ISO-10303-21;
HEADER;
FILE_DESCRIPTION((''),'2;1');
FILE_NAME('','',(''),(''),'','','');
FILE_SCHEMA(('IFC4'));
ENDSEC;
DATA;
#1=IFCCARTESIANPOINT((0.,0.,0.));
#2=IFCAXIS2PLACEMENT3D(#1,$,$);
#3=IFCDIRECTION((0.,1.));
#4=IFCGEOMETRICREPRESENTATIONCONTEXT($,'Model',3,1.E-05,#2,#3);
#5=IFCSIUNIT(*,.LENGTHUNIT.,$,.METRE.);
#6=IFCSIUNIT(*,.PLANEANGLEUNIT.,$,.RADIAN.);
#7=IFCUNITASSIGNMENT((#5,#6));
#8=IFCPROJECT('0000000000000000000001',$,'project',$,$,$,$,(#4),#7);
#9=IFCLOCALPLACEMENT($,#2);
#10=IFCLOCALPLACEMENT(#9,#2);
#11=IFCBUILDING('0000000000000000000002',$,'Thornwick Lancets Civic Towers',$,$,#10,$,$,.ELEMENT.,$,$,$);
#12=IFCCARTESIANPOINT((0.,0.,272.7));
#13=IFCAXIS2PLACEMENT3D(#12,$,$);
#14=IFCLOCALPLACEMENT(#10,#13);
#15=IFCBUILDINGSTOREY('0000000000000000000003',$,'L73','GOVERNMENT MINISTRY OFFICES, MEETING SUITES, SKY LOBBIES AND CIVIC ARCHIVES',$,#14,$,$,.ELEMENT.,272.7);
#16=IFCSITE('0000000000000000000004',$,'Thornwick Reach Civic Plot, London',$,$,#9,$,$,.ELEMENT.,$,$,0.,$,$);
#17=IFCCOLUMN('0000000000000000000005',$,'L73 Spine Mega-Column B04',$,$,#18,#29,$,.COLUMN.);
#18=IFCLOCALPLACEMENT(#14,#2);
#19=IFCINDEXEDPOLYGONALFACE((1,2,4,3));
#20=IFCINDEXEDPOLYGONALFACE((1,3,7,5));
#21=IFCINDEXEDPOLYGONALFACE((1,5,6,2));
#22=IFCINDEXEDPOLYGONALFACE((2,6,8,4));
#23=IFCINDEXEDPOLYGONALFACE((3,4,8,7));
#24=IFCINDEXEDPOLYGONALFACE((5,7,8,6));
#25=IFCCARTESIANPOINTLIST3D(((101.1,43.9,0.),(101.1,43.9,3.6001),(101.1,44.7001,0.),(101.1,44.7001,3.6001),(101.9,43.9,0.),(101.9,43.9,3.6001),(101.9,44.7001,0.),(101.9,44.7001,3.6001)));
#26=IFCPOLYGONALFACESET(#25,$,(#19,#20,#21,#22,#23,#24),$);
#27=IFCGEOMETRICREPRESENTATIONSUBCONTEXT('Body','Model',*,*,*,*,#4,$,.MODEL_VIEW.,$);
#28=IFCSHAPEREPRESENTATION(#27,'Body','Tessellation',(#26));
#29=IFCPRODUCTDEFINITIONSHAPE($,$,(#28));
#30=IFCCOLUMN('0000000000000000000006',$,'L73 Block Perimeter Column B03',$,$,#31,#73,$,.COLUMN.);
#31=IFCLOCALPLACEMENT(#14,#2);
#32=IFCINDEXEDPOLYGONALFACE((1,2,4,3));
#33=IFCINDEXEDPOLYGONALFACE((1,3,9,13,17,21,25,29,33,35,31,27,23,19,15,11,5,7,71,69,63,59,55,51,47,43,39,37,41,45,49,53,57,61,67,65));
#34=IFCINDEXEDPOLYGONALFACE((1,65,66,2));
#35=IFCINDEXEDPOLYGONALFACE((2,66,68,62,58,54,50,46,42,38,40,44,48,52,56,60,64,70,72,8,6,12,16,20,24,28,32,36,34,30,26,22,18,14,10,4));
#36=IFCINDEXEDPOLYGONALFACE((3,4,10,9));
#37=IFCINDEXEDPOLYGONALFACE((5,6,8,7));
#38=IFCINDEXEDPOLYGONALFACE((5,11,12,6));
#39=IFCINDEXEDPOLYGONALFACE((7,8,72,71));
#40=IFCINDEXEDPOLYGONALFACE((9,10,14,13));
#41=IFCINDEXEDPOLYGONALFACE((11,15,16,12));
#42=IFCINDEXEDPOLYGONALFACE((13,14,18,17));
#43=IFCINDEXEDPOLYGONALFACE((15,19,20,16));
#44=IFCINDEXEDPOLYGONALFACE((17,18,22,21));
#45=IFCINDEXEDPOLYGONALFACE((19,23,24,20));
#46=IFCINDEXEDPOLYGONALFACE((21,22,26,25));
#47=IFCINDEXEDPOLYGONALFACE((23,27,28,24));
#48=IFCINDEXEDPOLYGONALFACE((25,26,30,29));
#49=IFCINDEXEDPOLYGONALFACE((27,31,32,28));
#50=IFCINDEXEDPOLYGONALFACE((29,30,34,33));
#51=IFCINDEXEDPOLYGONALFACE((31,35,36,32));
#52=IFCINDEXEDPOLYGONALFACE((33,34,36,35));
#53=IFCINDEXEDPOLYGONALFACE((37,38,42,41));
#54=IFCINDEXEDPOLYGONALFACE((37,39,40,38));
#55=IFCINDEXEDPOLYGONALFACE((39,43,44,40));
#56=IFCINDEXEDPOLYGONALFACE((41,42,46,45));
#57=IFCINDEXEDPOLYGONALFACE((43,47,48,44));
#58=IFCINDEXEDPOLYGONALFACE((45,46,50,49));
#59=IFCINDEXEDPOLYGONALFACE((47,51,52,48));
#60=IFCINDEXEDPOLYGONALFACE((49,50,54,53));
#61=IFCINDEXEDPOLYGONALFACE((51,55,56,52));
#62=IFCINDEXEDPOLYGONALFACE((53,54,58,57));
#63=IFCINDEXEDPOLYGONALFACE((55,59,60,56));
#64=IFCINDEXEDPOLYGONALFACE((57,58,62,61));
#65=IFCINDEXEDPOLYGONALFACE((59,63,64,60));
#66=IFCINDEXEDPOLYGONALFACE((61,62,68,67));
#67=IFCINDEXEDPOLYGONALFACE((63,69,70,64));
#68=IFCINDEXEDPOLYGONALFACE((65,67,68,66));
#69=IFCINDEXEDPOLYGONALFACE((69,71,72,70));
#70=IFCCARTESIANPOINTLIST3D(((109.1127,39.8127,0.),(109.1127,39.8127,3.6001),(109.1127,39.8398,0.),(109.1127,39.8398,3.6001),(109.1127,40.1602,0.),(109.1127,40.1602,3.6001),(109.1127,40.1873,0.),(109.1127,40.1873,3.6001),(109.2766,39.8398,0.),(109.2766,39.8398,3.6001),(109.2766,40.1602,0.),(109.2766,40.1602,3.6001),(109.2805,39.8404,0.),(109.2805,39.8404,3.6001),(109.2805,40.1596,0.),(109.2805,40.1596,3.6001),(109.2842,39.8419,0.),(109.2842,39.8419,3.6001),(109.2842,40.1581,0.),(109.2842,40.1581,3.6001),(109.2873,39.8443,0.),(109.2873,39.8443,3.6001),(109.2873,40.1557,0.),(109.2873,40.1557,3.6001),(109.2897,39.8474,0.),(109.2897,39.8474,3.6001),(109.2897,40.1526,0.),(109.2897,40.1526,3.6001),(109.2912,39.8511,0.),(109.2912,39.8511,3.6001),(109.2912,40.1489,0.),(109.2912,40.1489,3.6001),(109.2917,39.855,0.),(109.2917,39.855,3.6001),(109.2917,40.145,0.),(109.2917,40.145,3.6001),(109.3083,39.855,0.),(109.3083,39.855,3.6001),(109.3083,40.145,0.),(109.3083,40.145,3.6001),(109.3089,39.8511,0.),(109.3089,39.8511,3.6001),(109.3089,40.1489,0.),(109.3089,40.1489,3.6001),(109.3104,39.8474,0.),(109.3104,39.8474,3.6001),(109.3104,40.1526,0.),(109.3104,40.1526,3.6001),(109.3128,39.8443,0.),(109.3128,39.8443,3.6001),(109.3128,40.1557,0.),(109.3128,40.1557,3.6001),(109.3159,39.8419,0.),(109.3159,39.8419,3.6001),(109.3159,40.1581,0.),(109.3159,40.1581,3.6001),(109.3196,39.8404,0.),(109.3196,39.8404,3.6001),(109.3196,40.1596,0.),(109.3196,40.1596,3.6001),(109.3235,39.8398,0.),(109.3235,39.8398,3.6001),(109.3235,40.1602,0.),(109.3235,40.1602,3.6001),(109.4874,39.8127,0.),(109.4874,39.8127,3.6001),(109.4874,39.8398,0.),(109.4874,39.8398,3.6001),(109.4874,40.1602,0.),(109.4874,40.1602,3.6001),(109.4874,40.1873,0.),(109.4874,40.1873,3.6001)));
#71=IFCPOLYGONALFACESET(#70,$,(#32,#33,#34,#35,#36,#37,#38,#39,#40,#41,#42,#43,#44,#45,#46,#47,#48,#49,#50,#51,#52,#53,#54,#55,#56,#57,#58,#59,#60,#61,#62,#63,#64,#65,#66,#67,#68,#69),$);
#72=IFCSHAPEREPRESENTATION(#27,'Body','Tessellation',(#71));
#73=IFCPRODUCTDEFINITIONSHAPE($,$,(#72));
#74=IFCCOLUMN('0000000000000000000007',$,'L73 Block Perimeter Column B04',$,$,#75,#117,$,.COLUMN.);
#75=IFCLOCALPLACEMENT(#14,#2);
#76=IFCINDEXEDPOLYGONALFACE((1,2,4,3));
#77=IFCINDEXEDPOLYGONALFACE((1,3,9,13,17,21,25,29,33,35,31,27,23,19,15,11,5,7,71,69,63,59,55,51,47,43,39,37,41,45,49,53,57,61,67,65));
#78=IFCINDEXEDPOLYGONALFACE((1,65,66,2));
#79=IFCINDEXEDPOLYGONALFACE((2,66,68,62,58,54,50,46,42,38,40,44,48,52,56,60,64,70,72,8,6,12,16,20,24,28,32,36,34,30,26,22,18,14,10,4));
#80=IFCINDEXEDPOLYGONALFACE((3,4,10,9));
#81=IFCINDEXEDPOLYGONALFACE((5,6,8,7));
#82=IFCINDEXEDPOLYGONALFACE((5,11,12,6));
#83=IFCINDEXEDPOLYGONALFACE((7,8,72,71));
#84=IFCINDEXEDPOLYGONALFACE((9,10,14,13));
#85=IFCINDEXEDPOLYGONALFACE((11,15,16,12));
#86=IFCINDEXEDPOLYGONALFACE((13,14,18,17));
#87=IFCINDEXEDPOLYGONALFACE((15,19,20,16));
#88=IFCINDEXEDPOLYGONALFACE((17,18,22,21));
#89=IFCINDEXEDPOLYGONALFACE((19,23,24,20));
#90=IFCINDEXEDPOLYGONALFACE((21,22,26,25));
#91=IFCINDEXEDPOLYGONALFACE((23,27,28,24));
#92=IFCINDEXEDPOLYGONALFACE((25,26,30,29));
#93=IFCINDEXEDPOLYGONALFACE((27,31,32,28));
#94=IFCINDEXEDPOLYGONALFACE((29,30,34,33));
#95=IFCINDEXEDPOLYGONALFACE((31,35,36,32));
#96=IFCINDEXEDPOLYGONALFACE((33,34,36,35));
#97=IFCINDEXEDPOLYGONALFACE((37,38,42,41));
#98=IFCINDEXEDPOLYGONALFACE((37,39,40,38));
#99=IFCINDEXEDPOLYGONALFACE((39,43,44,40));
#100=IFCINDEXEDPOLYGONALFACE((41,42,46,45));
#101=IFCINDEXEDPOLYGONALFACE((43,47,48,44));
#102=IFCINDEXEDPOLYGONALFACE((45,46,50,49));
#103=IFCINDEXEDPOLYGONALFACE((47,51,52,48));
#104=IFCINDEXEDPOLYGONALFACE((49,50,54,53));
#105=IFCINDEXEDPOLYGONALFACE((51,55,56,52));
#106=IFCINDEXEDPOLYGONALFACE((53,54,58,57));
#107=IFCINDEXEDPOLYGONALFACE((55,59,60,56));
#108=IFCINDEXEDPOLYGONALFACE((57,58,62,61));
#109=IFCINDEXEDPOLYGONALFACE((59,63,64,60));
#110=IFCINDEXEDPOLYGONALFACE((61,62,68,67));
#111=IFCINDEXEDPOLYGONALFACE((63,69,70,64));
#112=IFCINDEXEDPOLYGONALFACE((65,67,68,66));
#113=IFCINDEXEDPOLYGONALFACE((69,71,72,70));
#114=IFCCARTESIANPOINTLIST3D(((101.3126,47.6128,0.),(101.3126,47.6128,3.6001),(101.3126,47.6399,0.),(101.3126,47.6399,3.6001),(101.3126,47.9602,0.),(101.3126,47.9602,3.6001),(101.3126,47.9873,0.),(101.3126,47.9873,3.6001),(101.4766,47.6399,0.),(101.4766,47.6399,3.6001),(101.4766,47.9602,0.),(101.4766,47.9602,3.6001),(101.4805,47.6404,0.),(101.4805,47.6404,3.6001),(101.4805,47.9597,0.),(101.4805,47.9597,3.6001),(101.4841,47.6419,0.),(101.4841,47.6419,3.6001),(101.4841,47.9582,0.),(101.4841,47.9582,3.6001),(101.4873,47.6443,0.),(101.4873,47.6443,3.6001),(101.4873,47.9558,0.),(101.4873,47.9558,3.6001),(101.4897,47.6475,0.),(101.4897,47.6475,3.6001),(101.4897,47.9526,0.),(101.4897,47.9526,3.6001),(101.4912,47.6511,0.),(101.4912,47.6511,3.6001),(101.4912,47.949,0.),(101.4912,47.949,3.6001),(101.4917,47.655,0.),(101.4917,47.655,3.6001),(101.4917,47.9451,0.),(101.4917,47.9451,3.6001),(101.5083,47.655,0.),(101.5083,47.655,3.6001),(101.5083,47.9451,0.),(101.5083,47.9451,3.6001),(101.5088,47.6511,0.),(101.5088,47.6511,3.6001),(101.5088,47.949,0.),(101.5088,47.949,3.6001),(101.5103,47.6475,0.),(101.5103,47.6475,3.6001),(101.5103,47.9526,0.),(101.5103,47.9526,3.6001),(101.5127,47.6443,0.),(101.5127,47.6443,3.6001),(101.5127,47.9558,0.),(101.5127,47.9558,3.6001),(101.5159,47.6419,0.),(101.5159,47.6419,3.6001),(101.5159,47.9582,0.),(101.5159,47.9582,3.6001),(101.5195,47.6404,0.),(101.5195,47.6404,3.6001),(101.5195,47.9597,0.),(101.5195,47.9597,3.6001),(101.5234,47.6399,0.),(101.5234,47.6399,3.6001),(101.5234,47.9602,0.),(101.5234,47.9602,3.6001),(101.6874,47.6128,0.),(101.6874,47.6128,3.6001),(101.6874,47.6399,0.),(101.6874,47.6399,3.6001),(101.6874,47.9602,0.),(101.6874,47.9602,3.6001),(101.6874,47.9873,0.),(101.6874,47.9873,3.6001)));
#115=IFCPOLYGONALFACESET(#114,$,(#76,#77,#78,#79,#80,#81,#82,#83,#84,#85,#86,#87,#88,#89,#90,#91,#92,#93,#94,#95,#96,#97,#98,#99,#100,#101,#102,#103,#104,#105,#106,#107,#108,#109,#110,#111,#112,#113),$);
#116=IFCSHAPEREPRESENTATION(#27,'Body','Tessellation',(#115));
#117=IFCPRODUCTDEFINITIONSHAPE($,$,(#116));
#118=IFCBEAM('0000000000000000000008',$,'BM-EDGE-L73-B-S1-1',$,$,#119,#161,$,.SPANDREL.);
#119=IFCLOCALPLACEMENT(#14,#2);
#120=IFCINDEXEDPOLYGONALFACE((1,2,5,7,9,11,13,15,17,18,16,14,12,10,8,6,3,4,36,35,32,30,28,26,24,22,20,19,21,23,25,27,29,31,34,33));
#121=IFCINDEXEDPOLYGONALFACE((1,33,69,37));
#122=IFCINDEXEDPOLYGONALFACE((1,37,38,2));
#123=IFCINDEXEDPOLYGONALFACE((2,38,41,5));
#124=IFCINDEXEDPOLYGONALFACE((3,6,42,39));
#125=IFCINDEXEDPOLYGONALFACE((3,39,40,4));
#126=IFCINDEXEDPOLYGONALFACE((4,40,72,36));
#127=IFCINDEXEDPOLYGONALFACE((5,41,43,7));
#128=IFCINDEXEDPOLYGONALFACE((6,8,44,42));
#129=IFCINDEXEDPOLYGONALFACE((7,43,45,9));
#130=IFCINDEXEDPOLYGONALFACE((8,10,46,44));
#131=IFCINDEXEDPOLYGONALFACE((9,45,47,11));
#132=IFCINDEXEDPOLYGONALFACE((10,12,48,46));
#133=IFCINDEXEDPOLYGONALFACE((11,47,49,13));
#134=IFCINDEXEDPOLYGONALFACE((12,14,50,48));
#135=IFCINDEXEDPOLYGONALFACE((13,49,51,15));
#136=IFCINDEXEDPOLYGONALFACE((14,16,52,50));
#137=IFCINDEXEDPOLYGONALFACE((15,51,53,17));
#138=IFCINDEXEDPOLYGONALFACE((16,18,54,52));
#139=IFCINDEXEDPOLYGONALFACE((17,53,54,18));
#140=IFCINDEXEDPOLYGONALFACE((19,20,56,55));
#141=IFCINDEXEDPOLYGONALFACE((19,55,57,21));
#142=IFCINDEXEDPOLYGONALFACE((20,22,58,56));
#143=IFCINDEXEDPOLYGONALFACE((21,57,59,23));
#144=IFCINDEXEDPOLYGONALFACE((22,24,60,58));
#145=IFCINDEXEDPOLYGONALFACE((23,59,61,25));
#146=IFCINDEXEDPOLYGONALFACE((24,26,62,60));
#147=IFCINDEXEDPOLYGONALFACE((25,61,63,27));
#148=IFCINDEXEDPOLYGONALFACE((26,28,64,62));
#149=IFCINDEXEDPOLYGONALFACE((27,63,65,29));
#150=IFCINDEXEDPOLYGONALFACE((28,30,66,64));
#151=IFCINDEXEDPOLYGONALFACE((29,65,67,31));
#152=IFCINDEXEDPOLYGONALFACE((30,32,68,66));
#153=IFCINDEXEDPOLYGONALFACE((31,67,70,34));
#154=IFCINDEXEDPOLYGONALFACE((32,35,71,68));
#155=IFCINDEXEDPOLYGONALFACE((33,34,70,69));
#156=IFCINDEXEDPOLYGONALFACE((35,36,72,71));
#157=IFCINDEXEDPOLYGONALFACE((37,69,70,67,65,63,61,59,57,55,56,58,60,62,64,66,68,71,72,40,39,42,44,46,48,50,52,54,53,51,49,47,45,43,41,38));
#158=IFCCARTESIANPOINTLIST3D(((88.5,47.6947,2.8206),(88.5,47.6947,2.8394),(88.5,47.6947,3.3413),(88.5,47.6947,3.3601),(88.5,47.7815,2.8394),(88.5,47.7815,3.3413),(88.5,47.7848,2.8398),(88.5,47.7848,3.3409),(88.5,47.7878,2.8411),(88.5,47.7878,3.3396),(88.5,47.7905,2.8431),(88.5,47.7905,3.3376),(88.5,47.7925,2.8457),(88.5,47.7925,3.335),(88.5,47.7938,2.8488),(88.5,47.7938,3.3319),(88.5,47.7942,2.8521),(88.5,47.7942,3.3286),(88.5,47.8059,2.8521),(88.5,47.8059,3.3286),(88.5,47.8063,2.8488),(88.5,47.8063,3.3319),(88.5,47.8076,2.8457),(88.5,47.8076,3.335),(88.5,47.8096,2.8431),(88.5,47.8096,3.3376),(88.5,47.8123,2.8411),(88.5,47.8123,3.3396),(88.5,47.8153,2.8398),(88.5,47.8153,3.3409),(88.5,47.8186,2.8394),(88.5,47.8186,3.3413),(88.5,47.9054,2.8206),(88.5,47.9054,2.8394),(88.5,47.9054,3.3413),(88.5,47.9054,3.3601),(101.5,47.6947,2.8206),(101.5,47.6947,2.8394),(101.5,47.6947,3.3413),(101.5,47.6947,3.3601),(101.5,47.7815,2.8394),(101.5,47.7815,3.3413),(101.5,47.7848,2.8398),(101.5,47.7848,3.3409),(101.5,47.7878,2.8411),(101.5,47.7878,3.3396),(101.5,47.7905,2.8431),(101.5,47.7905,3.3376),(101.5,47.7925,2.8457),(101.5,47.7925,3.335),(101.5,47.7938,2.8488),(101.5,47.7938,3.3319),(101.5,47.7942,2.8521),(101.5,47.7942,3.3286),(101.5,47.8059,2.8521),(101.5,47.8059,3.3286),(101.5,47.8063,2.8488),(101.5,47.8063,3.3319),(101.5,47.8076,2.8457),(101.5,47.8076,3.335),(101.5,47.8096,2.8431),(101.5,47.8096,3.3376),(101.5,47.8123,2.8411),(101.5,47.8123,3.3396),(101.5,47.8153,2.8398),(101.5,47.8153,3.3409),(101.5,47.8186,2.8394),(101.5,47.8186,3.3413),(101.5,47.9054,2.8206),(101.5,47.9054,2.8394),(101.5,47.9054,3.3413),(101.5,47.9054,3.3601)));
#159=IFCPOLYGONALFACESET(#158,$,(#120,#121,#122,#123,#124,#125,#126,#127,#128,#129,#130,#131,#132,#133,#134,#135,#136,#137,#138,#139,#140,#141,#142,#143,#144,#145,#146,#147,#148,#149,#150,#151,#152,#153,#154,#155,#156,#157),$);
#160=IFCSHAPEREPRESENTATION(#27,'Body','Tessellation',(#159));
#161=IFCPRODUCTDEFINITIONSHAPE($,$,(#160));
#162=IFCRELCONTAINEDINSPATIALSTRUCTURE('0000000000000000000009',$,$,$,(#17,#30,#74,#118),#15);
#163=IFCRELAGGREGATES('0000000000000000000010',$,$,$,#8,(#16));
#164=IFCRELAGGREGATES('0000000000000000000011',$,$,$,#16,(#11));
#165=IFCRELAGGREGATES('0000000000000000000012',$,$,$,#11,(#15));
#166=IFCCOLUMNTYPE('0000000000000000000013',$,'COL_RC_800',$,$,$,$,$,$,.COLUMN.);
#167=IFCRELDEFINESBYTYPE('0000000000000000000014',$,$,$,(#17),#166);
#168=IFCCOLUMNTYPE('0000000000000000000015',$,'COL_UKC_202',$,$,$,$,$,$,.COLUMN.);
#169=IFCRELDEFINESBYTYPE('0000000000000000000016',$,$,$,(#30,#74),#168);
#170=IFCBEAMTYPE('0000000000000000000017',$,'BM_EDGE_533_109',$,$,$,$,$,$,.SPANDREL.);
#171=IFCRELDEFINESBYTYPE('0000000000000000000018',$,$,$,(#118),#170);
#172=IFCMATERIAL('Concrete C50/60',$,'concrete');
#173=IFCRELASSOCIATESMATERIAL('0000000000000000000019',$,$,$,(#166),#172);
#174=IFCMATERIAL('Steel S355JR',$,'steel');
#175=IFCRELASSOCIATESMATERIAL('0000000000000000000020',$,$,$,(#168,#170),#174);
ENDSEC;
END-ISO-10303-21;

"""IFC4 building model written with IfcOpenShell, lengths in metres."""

from ifc_helpers import new_model, si_unit, direction, frame, origin, origin_2d, place, context, subcontext, project, spatial, rectangle, i_section, extrude, material, material_profile, profile_set, type_object, element, save


model = new_model("IFC4")

# Units and contexts
model_context = context("Model", 3, precision=1e-05, world=origin(), true_north=direction((0.0, 1.0)))
body_context = subcontext(model_context, "Body", "Model", "MODEL_VIEW")
ifc_project = project(units=[si_unit("LENGTHUNIT", "METRE"), si_unit("PLANEANGLEUNIT", "RADIAN")], contexts=[model_context])

# Site, building, storey
site_placement = place(None, origin())
site = spatial("IfcSite", under=ifc_project, at=site_placement, Name="Thornwick Reach Civic Plot, London", CompositionType="ELEMENT", RefElevation=0.0)
building_placement = place(site_placement, origin())
building = spatial("IfcBuilding", under=site, at=building_placement, Name="Thornwick Lancets Civic Towers", CompositionType="ELEMENT")
storey_placement = place(building_placement, frame((0.0, 0.0, 272.7)))
storey = spatial("IfcBuildingStorey", under=building, at=storey_placement, Name="L73", Description="GOVERNMENT MINISTRY OFFICES, MEETING SUITES, SKY LOBBIES AND CIVIC ARCHIVES", CompositionType="ELEMENT", Elevation=272.7)

# Columns
ifc_material_1 = material(Name="Concrete C50/60", Category="concrete")
ifc_material_profile_1 = material_profile(ifc_material_1, rectangle(XDim=0.8, YDim=0.8, at=origin_2d()), Name="RC 800x800")
ifc_profile_set_1 = profile_set([ifc_material_profile_1], Name="Concrete C50/60")
column_type_1 = type_object("IfcColumnType", Name="COL_RC_800", PredefinedType="COLUMN", material=ifc_profile_set_1)
column_placement = place(storey_placement, frame((101.5, 44.3, 0.0), z_axis=(0.0, 0.0, 1.0), x_axis=(1.0, 0.0, 0.0)))
element("IfcColumn", 1, at=column_placement, inside=storey, type_object=column_type_1, Name="L73 Spine Mega-Column B04", PredefinedType="COLUMN", context=body_context, shape_type="SweptSolid", body=[
    extrude(rectangle(XDim=0.8, YDim=0.8, at=origin_2d()), origin(), (0.0, 0.0, 1.0), 3.6001),
])
ifc_material_2 = material(Name="Steel S355JR", Category="steel")
ifc_material_profile_2 = material_profile(ifc_material_2, i_section(OverallWidth=0.3748, OverallDepth=0.3745, WebThickness=0.0166, FlangeThickness=0.0271, FilletRadius=0.0151, at=origin_2d()), Name="UKC 356x368x202")
ifc_profile_set_2 = profile_set([ifc_material_profile_2], Name="Steel S355JR")
column_type_2 = type_object("IfcColumnType", Name="COL_UKC_202", PredefinedType="COLUMN", material=ifc_profile_set_2)
for number, where, z_axis, x_axis, name in (
    (2, (109.3, 40.0, 0.0), (0.0, 0.0, 1.0), (1.0, 0.0, 0.0), "L73 Block Perimeter Column B03"),
    (3, (101.5, 47.8, 0.0), (0.0, 0.0, 1.0), (1.0, 0.0, 0.0), "L73 Block Perimeter Column B04"),
):
    element("IfcColumn", number, at=place(storey_placement, frame(where, z_axis=z_axis, x_axis=x_axis)), inside=storey, type_object=column_type_2, Name=name, PredefinedType="COLUMN", context=body_context, shape_type="SweptSolid", body=[
        extrude(i_section(OverallWidth=0.3748, OverallDepth=0.3745, WebThickness=0.0166, FlangeThickness=0.0271, FilletRadius=0.0151, at=origin_2d()), origin(), (0.0, 0.0, 1.0), 3.6001),
    ])

# Beam
ifc_material_profile_3 = material_profile(ifc_material_2, i_section(OverallWidth=0.2107, OverallDepth=0.5396, WebThickness=0.0117, FlangeThickness=0.0188, FilletRadius=0.0127, at=origin_2d()), Name="UKB 533x210x109")
ifc_profile_set_3 = profile_set([ifc_material_profile_3], Name="Steel S355JR")
beam_type_1 = type_object("IfcBeamType", Name="BM_EDGE_533_109", PredefinedType="SPANDREL", material=ifc_profile_set_3)
beam_1_placement = place(storey_placement, frame((101.5, 47.8, 3.0903), z_axis=(-1.0, 0.0, 0.0), x_axis=(0.0, -1.0, 0.0)))
element("IfcBeam", 4, at=beam_1_placement, inside=storey, type_object=beam_type_1, Name="BM-EDGE-L73-B-S1-1", PredefinedType="SPANDREL", context=body_context, shape_type="SweptSolid", body=[
    extrude(i_section(OverallWidth=0.2107, OverallDepth=0.5396, WebThickness=0.0117, FlangeThickness=0.0188, FilletRadius=0.0127, at=origin_2d()), origin(), (0.0, 0.0, 1.0), 13.0),
])

save(model, "model.ifc")
